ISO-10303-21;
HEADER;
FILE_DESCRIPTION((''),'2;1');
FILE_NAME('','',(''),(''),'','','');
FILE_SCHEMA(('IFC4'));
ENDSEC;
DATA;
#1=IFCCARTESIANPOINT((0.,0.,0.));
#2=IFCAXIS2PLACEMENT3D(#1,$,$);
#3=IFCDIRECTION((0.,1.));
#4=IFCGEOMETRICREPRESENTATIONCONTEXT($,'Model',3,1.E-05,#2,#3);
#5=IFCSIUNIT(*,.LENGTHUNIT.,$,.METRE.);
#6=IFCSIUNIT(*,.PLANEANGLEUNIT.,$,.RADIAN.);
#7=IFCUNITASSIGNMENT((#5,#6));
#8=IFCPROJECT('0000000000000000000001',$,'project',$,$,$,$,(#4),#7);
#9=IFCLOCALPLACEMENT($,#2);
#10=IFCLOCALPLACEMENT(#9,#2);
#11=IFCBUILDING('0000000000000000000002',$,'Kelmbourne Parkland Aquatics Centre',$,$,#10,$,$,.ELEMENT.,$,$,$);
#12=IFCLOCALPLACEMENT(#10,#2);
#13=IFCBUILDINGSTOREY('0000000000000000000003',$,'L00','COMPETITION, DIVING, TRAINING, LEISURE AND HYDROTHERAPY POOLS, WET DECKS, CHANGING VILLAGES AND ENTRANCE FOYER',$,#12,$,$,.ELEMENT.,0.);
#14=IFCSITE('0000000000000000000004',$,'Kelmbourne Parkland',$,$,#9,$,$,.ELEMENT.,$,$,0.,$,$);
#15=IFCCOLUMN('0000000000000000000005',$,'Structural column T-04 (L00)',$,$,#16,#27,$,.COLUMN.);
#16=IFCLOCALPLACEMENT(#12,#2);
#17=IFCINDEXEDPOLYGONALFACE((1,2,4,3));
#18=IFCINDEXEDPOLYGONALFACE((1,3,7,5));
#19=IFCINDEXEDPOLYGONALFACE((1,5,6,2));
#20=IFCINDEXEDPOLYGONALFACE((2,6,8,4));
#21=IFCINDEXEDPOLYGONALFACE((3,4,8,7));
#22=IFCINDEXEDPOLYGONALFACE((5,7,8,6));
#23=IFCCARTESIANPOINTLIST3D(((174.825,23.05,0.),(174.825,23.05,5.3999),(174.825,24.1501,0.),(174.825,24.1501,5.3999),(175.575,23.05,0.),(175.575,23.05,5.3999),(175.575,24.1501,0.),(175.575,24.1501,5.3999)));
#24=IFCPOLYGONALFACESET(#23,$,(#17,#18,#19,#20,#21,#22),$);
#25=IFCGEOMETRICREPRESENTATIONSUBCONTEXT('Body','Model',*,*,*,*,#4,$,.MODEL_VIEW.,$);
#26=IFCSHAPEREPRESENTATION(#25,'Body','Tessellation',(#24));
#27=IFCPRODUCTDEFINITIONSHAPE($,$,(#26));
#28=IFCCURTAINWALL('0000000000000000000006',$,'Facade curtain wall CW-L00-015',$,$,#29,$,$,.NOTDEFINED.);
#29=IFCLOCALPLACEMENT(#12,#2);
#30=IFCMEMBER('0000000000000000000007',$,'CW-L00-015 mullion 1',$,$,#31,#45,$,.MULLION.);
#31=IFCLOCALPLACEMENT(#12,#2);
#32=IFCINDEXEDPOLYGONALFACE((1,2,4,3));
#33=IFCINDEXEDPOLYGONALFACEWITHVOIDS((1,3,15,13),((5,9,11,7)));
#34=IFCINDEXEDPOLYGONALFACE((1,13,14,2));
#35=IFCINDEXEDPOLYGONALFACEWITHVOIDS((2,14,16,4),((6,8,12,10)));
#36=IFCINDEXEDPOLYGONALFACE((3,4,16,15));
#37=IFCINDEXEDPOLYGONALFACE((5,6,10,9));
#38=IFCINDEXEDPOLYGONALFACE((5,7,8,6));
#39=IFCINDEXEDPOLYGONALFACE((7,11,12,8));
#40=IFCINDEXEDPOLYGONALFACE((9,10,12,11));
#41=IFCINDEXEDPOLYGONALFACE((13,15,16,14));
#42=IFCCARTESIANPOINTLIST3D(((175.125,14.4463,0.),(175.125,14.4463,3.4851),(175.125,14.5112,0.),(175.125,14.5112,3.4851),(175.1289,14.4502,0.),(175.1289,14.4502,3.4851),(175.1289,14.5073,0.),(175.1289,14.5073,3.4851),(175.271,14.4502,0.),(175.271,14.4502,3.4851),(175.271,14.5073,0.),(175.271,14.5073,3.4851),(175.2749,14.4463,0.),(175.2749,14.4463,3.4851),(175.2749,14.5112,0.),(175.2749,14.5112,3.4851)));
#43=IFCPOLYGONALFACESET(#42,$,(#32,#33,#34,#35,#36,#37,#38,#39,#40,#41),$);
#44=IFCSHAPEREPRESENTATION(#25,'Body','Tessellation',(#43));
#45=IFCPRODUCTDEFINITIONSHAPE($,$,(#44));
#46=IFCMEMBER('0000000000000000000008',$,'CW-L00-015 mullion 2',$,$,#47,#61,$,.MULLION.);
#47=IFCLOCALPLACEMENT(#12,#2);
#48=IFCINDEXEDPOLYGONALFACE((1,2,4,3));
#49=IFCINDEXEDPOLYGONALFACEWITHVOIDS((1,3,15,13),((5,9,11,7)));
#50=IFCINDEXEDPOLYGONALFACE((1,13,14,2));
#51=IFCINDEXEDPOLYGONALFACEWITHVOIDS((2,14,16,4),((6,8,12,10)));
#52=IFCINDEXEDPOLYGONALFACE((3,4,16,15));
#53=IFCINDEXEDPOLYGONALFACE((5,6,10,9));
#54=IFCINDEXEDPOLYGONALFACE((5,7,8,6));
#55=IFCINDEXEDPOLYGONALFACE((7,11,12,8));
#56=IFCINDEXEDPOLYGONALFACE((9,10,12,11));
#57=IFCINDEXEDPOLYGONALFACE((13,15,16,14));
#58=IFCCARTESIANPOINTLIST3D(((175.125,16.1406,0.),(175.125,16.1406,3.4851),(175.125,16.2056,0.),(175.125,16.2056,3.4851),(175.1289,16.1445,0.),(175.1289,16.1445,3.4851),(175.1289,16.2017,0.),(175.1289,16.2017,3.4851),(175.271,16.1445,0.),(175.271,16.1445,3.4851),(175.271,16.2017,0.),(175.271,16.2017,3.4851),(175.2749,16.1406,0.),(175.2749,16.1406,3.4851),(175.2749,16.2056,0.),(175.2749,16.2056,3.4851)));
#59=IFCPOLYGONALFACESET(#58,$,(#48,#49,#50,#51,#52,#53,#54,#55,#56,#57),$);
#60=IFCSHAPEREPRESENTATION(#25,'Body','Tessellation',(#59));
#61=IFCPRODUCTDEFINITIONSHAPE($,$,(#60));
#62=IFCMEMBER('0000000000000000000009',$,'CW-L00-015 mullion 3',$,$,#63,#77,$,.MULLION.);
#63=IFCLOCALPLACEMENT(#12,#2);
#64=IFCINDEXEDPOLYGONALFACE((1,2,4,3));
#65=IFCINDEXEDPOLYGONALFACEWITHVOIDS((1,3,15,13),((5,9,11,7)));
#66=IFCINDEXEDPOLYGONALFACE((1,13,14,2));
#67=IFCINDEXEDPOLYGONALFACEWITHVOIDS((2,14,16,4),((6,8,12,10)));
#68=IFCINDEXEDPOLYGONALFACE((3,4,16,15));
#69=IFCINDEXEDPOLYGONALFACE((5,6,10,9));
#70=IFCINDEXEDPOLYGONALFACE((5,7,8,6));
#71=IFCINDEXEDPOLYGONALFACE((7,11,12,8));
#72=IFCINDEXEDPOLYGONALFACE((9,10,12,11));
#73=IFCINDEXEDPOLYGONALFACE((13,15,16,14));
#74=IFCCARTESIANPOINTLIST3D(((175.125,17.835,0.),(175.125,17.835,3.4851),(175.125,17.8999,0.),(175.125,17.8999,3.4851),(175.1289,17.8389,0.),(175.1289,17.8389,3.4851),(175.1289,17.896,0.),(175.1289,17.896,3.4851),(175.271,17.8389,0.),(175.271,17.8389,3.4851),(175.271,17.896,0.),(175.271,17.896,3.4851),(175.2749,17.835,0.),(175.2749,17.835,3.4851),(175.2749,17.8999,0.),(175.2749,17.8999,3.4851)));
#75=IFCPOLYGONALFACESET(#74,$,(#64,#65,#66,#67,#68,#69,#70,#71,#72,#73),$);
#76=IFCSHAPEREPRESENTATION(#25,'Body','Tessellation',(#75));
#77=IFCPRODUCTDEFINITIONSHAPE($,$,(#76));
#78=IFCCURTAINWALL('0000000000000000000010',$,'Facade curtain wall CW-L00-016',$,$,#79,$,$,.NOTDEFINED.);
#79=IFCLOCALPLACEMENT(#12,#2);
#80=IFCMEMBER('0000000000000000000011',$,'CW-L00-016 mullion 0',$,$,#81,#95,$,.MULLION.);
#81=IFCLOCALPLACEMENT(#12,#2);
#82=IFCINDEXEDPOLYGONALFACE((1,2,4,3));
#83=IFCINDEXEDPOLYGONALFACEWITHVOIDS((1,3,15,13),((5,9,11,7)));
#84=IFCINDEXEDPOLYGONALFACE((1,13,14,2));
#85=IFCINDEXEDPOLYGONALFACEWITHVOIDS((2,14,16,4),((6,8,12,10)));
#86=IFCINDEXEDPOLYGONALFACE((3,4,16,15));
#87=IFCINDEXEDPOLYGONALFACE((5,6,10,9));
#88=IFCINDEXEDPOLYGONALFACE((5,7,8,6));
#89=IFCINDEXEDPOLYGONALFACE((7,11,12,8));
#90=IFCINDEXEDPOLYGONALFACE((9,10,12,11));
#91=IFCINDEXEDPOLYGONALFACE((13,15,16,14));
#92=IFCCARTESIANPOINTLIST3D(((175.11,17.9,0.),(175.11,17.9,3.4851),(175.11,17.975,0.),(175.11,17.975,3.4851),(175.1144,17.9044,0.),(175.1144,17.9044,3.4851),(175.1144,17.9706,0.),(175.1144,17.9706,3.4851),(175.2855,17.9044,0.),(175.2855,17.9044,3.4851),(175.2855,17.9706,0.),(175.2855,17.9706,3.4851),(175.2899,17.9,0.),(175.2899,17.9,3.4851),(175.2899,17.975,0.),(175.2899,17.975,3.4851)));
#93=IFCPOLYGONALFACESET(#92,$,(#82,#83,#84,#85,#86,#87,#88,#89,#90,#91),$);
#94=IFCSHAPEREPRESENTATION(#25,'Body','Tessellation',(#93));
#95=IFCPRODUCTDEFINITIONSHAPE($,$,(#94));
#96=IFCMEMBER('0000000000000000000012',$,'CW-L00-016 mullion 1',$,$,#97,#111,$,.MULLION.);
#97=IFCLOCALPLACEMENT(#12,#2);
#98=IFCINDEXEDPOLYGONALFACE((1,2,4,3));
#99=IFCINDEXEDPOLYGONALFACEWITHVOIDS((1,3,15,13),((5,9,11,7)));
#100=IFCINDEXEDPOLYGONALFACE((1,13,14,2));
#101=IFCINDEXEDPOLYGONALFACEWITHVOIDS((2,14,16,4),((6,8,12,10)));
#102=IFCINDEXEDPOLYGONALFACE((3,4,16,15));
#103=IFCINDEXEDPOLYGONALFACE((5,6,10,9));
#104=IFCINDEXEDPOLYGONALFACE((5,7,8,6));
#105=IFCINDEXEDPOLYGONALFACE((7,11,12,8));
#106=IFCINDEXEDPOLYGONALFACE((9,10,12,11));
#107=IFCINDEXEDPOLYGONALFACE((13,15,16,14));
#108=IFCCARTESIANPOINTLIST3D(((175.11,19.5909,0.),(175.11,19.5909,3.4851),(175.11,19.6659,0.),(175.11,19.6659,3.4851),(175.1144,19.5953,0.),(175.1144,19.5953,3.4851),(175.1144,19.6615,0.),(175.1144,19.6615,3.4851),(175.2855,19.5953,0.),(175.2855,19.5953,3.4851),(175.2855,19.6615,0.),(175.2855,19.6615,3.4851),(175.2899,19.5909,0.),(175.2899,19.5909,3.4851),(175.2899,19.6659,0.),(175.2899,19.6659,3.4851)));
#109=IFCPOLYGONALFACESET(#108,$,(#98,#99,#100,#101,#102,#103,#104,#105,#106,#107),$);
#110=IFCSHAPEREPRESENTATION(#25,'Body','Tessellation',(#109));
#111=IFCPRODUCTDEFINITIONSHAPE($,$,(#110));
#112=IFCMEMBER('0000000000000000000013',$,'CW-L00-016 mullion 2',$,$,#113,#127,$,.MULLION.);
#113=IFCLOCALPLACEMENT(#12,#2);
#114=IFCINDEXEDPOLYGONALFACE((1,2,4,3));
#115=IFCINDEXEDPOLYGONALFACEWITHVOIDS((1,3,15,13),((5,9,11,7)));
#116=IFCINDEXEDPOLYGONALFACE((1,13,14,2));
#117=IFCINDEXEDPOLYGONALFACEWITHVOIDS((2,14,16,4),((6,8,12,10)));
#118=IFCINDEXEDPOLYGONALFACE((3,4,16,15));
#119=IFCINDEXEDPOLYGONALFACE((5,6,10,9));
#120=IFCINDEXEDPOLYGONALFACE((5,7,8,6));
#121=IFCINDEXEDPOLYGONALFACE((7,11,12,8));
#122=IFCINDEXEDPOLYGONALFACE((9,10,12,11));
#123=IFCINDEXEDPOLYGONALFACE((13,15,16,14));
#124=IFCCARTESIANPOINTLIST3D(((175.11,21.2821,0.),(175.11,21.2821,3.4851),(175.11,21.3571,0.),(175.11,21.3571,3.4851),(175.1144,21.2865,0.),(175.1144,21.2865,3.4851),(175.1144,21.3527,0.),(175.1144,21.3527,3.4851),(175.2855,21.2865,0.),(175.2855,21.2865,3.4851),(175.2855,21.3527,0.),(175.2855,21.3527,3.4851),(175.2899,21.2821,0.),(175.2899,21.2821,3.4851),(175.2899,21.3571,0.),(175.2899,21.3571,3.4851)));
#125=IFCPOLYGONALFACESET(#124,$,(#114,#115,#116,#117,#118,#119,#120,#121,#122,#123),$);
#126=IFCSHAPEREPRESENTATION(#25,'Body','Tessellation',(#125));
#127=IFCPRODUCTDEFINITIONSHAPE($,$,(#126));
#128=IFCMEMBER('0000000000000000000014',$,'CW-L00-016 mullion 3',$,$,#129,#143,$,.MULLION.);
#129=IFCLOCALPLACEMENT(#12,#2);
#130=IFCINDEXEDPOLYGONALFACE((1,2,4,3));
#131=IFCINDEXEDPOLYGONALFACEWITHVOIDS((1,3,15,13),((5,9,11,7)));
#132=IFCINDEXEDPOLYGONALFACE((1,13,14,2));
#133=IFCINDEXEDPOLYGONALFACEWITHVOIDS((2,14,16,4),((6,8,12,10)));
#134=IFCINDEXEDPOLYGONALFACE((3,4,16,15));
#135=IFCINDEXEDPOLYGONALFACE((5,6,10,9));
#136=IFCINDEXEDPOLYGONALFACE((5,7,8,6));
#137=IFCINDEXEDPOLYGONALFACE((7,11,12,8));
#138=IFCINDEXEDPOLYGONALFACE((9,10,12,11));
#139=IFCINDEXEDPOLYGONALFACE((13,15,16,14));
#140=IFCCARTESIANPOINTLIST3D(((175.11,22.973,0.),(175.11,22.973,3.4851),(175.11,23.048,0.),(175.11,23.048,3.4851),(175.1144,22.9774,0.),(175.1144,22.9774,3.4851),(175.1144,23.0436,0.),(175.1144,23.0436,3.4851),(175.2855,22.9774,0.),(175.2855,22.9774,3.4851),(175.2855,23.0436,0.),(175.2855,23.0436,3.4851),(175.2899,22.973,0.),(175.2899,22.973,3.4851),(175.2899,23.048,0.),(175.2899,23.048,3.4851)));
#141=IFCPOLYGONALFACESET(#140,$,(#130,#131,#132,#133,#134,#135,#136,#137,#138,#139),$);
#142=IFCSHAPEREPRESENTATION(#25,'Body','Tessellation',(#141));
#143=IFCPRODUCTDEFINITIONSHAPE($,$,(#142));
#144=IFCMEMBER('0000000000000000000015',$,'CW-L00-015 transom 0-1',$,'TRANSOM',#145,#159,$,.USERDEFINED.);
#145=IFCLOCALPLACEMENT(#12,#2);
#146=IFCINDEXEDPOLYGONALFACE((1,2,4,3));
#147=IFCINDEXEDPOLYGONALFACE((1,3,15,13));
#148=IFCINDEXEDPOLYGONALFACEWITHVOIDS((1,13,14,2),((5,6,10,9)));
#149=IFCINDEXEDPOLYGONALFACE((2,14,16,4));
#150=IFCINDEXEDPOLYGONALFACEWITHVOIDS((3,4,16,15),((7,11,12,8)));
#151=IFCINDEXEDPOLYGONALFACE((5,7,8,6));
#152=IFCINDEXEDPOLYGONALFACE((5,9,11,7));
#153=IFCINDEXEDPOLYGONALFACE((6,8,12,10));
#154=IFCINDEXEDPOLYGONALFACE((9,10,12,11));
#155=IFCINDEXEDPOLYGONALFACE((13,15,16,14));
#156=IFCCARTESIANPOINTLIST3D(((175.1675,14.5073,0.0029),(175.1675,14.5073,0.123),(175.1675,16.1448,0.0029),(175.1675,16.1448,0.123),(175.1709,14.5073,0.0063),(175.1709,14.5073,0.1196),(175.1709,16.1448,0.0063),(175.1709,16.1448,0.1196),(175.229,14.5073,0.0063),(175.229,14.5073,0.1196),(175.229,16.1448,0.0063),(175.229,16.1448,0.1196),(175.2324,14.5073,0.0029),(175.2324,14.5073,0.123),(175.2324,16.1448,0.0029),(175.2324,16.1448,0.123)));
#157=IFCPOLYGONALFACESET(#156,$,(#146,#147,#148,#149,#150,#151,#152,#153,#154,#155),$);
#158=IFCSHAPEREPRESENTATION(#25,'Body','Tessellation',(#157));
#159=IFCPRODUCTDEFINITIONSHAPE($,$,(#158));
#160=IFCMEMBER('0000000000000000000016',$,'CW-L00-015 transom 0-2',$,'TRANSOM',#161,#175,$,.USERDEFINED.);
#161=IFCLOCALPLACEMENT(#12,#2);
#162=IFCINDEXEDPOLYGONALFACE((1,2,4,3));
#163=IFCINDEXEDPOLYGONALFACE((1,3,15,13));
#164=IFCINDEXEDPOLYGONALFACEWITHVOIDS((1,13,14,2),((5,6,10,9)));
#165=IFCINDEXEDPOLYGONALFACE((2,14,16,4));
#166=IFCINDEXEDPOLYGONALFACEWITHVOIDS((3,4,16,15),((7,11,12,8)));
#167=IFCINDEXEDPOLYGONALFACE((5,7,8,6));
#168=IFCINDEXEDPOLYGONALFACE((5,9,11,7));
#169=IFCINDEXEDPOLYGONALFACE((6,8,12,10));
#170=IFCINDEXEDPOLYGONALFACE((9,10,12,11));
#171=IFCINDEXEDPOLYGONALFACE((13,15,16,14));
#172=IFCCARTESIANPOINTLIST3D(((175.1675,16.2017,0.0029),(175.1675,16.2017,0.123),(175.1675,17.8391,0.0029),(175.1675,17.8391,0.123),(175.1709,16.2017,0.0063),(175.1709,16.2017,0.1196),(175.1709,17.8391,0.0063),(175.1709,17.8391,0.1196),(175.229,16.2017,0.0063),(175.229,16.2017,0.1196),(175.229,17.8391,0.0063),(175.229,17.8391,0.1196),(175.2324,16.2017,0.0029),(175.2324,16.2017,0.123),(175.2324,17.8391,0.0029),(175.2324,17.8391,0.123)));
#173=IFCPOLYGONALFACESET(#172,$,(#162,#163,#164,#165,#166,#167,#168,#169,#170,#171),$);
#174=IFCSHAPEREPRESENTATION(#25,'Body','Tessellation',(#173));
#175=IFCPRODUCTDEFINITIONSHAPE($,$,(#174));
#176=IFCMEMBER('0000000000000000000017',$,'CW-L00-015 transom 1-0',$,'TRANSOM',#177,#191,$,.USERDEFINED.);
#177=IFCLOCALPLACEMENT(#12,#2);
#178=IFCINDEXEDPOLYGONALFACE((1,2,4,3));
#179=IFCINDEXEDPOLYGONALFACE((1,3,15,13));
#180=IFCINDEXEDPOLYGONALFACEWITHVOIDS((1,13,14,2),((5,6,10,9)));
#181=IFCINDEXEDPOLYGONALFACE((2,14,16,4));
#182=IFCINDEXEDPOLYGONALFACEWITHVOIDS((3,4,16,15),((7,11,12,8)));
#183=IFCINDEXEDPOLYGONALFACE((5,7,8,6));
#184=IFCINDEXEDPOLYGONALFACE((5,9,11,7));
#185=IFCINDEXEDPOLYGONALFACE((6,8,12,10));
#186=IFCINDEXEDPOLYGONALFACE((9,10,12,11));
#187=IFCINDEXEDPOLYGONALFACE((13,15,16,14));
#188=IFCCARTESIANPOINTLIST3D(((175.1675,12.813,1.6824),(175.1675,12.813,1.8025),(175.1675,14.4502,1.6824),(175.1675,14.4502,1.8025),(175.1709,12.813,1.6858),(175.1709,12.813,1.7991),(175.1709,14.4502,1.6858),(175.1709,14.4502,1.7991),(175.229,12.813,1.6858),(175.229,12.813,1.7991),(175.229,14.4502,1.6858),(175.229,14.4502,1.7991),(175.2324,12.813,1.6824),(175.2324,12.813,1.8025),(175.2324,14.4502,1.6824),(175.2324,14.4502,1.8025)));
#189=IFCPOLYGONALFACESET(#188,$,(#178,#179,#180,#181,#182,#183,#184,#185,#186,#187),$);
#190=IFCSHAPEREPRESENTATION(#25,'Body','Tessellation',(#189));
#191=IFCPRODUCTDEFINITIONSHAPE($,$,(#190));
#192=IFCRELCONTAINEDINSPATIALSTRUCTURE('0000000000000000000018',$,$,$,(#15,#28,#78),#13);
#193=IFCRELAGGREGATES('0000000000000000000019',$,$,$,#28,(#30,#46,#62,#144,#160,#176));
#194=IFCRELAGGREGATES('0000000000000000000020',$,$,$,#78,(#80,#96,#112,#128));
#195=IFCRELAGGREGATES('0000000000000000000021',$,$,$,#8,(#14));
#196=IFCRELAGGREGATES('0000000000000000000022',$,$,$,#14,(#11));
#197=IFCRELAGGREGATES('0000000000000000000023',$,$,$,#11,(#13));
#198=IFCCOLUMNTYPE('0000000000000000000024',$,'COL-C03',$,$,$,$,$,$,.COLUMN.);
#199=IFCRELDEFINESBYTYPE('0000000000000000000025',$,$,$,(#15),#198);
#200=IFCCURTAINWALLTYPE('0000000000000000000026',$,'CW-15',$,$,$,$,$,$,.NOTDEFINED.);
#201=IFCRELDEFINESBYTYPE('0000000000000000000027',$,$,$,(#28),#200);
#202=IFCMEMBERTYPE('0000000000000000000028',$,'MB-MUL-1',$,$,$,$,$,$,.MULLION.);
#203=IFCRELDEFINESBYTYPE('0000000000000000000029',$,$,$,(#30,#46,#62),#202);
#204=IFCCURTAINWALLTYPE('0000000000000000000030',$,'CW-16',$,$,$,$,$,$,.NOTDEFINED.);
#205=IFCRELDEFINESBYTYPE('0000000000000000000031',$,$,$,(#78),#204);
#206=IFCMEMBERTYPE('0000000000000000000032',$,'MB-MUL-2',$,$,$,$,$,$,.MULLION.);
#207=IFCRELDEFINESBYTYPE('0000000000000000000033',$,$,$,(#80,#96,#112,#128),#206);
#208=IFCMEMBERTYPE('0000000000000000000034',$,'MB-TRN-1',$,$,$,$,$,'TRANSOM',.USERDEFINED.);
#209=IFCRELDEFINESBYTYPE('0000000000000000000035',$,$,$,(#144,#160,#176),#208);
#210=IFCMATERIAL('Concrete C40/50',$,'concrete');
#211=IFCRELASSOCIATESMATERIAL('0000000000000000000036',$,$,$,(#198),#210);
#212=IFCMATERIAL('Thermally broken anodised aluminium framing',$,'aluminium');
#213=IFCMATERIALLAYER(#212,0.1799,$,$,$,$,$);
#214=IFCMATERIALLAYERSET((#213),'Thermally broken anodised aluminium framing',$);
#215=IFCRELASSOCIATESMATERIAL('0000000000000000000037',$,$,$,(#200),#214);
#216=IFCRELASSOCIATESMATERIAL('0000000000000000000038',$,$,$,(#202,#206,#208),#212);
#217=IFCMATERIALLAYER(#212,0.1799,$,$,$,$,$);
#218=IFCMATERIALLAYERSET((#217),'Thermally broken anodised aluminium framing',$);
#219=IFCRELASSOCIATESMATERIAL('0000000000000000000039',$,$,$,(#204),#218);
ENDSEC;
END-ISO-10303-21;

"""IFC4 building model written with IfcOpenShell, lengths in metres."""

from ifc_helpers import new_model, si_unit, direction, frame, origin, origin_2d, place, context, subcontext, project, spatial, rectangle, hollow_rectangle, extrude, material, layer, layer_set, material_profile, profile_set, type_object, element, aggregate, save


model = new_model("IFC4")

# Units and contexts
model_context = context("Model", 3, precision=1e-05, world=origin(), true_north=direction((0.0, 1.0)))
body_context = subcontext(model_context, "Body", "Model", "MODEL_VIEW")
ifc_project = project(units=[si_unit("LENGTHUNIT", "METRE"), si_unit("PLANEANGLEUNIT", "RADIAN")], contexts=[model_context])

# Site, building, storey
site_placement = place(None, origin())
site = spatial("IfcSite", under=ifc_project, at=site_placement, Name="Kelmbourne Parkland", CompositionType="ELEMENT", RefElevation=0.0)
building_placement = place(site_placement, origin())
building = spatial("IfcBuilding", under=site, at=building_placement, Name="Kelmbourne Parkland Aquatics Centre", CompositionType="ELEMENT")
storey_placement = place(building_placement, origin())
storey = spatial("IfcBuildingStorey", under=building, at=storey_placement, Name="L00", Description="COMPETITION, DIVING, TRAINING, LEISURE AND HYDROTHERAPY POOLS, WET DECKS, CHANGING VILLAGES AND ENTRANCE FOYER", CompositionType="ELEMENT", Elevation=0.0)

# Column
ifc_material_1 = material(Name="Concrete C40/50", Category="concrete")
ifc_material_profile_1 = material_profile(ifc_material_1, rectangle(XDim=0.75, YDim=1.1001, at=origin_2d()), Name="RC 750x1100")
ifc_profile_set_1 = profile_set([ifc_material_profile_1], Name="Concrete C40/50")
column_type = type_object("IfcColumnType", Name="COL-C03", PredefinedType="COLUMN", material=ifc_profile_set_1)
column_placement = place(storey_placement, frame((175.2, 23.6001, 0.0), z_axis=(0.0, 0.0, 1.0), x_axis=(1.0, 0.0, 0.0)))
element("IfcColumn", 1, at=column_placement, inside=storey, type_object=column_type, Name="Structural column T-04 (L00)", PredefinedType="COLUMN", context=body_context, shape_type="SweptSolid", body=[
    extrude(rectangle(XDim=0.75, YDim=1.1001, at=origin_2d()), origin(), (0.0, 0.0, 1.0), 5.3999),
])

# Curtain walls, members
ifc_material_2 = material(Name="Thermally broken anodised aluminium framing", Category="aluminium")
ifc_layer_1 = layer(ifc_material_2, 0.1799)
ifc_layer_set_1 = layer_set([ifc_layer_1], Name="Thermally broken anodised aluminium framing")
curtain_wall_type_1 = type_object("IfcCurtainWallType", Name="CW-15", PredefinedType="NOTDEFINED", material=ifc_layer_set_1)
curtain_wall_1_placement = place(storey_placement, origin())
curtain_wall_1 = element("IfcCurtainWall", 2, at=curtain_wall_1_placement, inside=storey, type_object=curtain_wall_type_1, Name="Facade curtain wall CW-L00-015", PredefinedType="NOTDEFINED")
ifc_material_profile_2 = material_profile(ifc_material_2, hollow_rectangle(XDim=0.0649, YDim=0.1499, WallThickness=0.0039, at=origin_2d()), Name="CW-M 65x150")
ifc_profile_set_2 = profile_set([ifc_material_profile_2], Name="Thermally broken anodised aluminium framing")
member_type_1 = type_object("IfcMemberType", Name="MB-MUL-1", PredefinedType="MULLION", material=ifc_profile_set_2)
member_1_placement = place(storey_placement, frame((175.2, 14.4788, 0.0), z_axis=(0.0, 0.0, 1.0), x_axis=(0.0, 1.0, 0.0)))
member_1 = element("IfcMember", 3, at=member_1_placement, type_object=member_type_1, Name="CW-L00-015 mullion 1", PredefinedType="MULLION", context=body_context, shape_type="SweptSolid", body=[
    extrude(hollow_rectangle(XDim=0.0649, YDim=0.1499, WallThickness=0.0039, at=origin_2d()), origin(), (0.0, 0.0, 1.0), 3.4851),
])
member_2_placement = place(storey_placement, frame((175.2, 16.1731, 0.0), z_axis=(0.0, 0.0, 1.0), x_axis=(0.0, 1.0, 0.0)))
member_2 = element("IfcMember", 4, at=member_2_placement, type_object=member_type_1, Name="CW-L00-015 mullion 2", PredefinedType="MULLION", context=body_context, shape_type="SweptSolid", body=[
    extrude(hollow_rectangle(XDim=0.0649, YDim=0.1499, WallThickness=0.0039, at=origin_2d()), origin(), (0.0, 0.0, 1.0), 3.4851),
])
member_3_placement = place(storey_placement, frame((175.2, 17.8674, 0.0), z_axis=(0.0, 0.0, 1.0), x_axis=(0.0, 1.0, 0.0)))
member_3 = element("IfcMember", 5, at=member_3_placement, type_object=member_type_1, Name="CW-L00-015 mullion 3", PredefinedType="MULLION", context=body_context, shape_type="SweptSolid", body=[
    extrude(hollow_rectangle(XDim=0.0649, YDim=0.1499, WallThickness=0.0039, at=origin_2d()), origin(), (0.0, 0.0, 1.0), 3.4851),
])
ifc_layer_2 = layer(ifc_material_2, 0.1799)
ifc_layer_set_2 = layer_set([ifc_layer_2], Name="Thermally broken anodised aluminium framing")
curtain_wall_type_2 = type_object("IfcCurtainWallType", Name="CW-16", PredefinedType="NOTDEFINED", material=ifc_layer_set_2)
curtain_wall_2_placement = place(storey_placement, origin())
curtain_wall_2 = element("IfcCurtainWall", 6, at=curtain_wall_2_placement, inside=storey, type_object=curtain_wall_type_2, Name="Facade curtain wall CW-L00-016", PredefinedType="NOTDEFINED")
ifc_material_profile_3 = material_profile(ifc_material_2, hollow_rectangle(XDim=0.075, YDim=0.1799, WallThickness=0.0044, at=origin_2d()), Name="CW-M 75x180")
ifc_profile_set_3 = profile_set([ifc_material_profile_3], Name="Thermally broken anodised aluminium framing")
member_type_2 = type_object("IfcMemberType", Name="MB-MUL-2", PredefinedType="MULLION", material=ifc_profile_set_3)
member_4_placement = place(storey_placement, frame((175.2, 17.9375, 0.0), z_axis=(0.0, 0.0, 1.0), x_axis=(0.0, 1.0, 0.0)))
member_4 = element("IfcMember", 7, at=member_4_placement, type_object=member_type_2, Name="CW-L00-016 mullion 0", PredefinedType="MULLION", context=body_context, shape_type="SweptSolid", body=[
    extrude(hollow_rectangle(XDim=0.075, YDim=0.1799, WallThickness=0.0044, at=origin_2d()), origin(), (0.0, 0.0, 1.0), 3.4851),
])
member_5_placement = place(storey_placement, frame((175.2, 19.6284, 0.0), z_axis=(0.0, 0.0, 1.0), x_axis=(0.0, 1.0, 0.0)))
member_5 = element("IfcMember", 8, at=member_5_placement, type_object=member_type_2, Name="CW-L00-016 mullion 1", PredefinedType="MULLION", context=body_context, shape_type="SweptSolid", body=[
    extrude(hollow_rectangle(XDim=0.075, YDim=0.1799, WallThickness=0.0044, at=origin_2d()), origin(), (0.0, 0.0, 1.0), 3.4851),
])
member_6_placement = place(storey_placement, frame((175.2, 21.3196, 0.0), z_axis=(0.0, 0.0, 1.0), x_axis=(0.0, 1.0, 0.0)))
member_6 = element("IfcMember", 9, at=member_6_placement, type_object=member_type_2, Name="CW-L00-016 mullion 2", PredefinedType="MULLION", context=body_context, shape_type="SweptSolid", body=[
    extrude(hollow_rectangle(XDim=0.075, YDim=0.1799, WallThickness=0.0044, at=origin_2d()), origin(), (0.0, 0.0, 1.0), 3.4851),
])
member_7_placement = place(storey_placement, frame((175.2, 23.0105, 0.0), z_axis=(0.0, 0.0, 1.0), x_axis=(0.0, 1.0, 0.0)))
member_7 = element("IfcMember", 10, at=member_7_placement, type_object=member_type_2, Name="CW-L00-016 mullion 3", PredefinedType="MULLION", context=body_context, shape_type="SweptSolid", body=[
    extrude(hollow_rectangle(XDim=0.075, YDim=0.1799, WallThickness=0.0044, at=origin_2d()), origin(), (0.0, 0.0, 1.0), 3.4851),
])

# Members
ifc_material_profile_4 = material_profile(ifc_material_2, hollow_rectangle(XDim=0.0649, YDim=0.1201, WallThickness=0.0034, at=origin_2d()), Name="CW-T 65x120")
ifc_profile_set_4 = profile_set([ifc_material_profile_4], Name="Thermally broken anodised aluminium framing")
member_type_3 = type_object("IfcMemberType", Name="MB-TRN-1", ElementType="TRANSOM", PredefinedType="USERDEFINED", material=ifc_profile_set_4)
member_8_placement = place(storey_placement, frame((175.2, 14.5073, 0.063), z_axis=(0.0, 1.0, 0.0), x_axis=(-1.0, 0.0, 0.0)))
member_8 = element("IfcMember", 11, at=member_8_placement, type_object=member_type_3, Name="CW-L00-015 transom 0-1", ObjectType="TRANSOM", PredefinedType="USERDEFINED", context=body_context, shape_type="SweptSolid", body=[
    extrude(hollow_rectangle(XDim=0.0649, YDim=0.1201, WallThickness=0.0034, at=origin_2d()), origin(), (0.0, 0.0, 1.0), 1.6375),
])
member_9_placement = place(storey_placement, frame((175.2, 16.2017, 0.063), z_axis=(0.0, 1.0, 0.0), x_axis=(-1.0, 0.0, 0.0)))
member_9 = element("IfcMember", 12, at=member_9_placement, type_object=member_type_3, Name="CW-L00-015 transom 0-2", ObjectType="TRANSOM", PredefinedType="USERDEFINED", context=body_context, shape_type="SweptSolid", body=[
    extrude(hollow_rectangle(XDim=0.0649, YDim=0.1201, WallThickness=0.0034, at=origin_2d()), origin(), (0.0, 0.0, 1.0), 1.6375),
])
member_10_placement = place(storey_placement, frame((175.2, 12.813, 1.7424), z_axis=(0.0, 1.0, 0.0), x_axis=(-1.0, 0.0, 0.0)))
member_10 = element("IfcMember", 13, at=member_10_placement, type_object=member_type_3, Name="CW-L00-015 transom 1-0", ObjectType="TRANSOM", PredefinedType="USERDEFINED", context=body_context, shape_type="SweptSolid", body=[
    extrude(hollow_rectangle(XDim=0.0649, YDim=0.1201, WallThickness=0.0034, at=origin_2d()), origin(), (0.0, 0.0, 1.0), 1.6372),
])

aggregate(curtain_wall_1, [member_1, member_2, member_3, member_8, member_9, member_10])
aggregate(curtain_wall_2, [member_4, member_5, member_6, member_7])

save(model, "model.ifc")
